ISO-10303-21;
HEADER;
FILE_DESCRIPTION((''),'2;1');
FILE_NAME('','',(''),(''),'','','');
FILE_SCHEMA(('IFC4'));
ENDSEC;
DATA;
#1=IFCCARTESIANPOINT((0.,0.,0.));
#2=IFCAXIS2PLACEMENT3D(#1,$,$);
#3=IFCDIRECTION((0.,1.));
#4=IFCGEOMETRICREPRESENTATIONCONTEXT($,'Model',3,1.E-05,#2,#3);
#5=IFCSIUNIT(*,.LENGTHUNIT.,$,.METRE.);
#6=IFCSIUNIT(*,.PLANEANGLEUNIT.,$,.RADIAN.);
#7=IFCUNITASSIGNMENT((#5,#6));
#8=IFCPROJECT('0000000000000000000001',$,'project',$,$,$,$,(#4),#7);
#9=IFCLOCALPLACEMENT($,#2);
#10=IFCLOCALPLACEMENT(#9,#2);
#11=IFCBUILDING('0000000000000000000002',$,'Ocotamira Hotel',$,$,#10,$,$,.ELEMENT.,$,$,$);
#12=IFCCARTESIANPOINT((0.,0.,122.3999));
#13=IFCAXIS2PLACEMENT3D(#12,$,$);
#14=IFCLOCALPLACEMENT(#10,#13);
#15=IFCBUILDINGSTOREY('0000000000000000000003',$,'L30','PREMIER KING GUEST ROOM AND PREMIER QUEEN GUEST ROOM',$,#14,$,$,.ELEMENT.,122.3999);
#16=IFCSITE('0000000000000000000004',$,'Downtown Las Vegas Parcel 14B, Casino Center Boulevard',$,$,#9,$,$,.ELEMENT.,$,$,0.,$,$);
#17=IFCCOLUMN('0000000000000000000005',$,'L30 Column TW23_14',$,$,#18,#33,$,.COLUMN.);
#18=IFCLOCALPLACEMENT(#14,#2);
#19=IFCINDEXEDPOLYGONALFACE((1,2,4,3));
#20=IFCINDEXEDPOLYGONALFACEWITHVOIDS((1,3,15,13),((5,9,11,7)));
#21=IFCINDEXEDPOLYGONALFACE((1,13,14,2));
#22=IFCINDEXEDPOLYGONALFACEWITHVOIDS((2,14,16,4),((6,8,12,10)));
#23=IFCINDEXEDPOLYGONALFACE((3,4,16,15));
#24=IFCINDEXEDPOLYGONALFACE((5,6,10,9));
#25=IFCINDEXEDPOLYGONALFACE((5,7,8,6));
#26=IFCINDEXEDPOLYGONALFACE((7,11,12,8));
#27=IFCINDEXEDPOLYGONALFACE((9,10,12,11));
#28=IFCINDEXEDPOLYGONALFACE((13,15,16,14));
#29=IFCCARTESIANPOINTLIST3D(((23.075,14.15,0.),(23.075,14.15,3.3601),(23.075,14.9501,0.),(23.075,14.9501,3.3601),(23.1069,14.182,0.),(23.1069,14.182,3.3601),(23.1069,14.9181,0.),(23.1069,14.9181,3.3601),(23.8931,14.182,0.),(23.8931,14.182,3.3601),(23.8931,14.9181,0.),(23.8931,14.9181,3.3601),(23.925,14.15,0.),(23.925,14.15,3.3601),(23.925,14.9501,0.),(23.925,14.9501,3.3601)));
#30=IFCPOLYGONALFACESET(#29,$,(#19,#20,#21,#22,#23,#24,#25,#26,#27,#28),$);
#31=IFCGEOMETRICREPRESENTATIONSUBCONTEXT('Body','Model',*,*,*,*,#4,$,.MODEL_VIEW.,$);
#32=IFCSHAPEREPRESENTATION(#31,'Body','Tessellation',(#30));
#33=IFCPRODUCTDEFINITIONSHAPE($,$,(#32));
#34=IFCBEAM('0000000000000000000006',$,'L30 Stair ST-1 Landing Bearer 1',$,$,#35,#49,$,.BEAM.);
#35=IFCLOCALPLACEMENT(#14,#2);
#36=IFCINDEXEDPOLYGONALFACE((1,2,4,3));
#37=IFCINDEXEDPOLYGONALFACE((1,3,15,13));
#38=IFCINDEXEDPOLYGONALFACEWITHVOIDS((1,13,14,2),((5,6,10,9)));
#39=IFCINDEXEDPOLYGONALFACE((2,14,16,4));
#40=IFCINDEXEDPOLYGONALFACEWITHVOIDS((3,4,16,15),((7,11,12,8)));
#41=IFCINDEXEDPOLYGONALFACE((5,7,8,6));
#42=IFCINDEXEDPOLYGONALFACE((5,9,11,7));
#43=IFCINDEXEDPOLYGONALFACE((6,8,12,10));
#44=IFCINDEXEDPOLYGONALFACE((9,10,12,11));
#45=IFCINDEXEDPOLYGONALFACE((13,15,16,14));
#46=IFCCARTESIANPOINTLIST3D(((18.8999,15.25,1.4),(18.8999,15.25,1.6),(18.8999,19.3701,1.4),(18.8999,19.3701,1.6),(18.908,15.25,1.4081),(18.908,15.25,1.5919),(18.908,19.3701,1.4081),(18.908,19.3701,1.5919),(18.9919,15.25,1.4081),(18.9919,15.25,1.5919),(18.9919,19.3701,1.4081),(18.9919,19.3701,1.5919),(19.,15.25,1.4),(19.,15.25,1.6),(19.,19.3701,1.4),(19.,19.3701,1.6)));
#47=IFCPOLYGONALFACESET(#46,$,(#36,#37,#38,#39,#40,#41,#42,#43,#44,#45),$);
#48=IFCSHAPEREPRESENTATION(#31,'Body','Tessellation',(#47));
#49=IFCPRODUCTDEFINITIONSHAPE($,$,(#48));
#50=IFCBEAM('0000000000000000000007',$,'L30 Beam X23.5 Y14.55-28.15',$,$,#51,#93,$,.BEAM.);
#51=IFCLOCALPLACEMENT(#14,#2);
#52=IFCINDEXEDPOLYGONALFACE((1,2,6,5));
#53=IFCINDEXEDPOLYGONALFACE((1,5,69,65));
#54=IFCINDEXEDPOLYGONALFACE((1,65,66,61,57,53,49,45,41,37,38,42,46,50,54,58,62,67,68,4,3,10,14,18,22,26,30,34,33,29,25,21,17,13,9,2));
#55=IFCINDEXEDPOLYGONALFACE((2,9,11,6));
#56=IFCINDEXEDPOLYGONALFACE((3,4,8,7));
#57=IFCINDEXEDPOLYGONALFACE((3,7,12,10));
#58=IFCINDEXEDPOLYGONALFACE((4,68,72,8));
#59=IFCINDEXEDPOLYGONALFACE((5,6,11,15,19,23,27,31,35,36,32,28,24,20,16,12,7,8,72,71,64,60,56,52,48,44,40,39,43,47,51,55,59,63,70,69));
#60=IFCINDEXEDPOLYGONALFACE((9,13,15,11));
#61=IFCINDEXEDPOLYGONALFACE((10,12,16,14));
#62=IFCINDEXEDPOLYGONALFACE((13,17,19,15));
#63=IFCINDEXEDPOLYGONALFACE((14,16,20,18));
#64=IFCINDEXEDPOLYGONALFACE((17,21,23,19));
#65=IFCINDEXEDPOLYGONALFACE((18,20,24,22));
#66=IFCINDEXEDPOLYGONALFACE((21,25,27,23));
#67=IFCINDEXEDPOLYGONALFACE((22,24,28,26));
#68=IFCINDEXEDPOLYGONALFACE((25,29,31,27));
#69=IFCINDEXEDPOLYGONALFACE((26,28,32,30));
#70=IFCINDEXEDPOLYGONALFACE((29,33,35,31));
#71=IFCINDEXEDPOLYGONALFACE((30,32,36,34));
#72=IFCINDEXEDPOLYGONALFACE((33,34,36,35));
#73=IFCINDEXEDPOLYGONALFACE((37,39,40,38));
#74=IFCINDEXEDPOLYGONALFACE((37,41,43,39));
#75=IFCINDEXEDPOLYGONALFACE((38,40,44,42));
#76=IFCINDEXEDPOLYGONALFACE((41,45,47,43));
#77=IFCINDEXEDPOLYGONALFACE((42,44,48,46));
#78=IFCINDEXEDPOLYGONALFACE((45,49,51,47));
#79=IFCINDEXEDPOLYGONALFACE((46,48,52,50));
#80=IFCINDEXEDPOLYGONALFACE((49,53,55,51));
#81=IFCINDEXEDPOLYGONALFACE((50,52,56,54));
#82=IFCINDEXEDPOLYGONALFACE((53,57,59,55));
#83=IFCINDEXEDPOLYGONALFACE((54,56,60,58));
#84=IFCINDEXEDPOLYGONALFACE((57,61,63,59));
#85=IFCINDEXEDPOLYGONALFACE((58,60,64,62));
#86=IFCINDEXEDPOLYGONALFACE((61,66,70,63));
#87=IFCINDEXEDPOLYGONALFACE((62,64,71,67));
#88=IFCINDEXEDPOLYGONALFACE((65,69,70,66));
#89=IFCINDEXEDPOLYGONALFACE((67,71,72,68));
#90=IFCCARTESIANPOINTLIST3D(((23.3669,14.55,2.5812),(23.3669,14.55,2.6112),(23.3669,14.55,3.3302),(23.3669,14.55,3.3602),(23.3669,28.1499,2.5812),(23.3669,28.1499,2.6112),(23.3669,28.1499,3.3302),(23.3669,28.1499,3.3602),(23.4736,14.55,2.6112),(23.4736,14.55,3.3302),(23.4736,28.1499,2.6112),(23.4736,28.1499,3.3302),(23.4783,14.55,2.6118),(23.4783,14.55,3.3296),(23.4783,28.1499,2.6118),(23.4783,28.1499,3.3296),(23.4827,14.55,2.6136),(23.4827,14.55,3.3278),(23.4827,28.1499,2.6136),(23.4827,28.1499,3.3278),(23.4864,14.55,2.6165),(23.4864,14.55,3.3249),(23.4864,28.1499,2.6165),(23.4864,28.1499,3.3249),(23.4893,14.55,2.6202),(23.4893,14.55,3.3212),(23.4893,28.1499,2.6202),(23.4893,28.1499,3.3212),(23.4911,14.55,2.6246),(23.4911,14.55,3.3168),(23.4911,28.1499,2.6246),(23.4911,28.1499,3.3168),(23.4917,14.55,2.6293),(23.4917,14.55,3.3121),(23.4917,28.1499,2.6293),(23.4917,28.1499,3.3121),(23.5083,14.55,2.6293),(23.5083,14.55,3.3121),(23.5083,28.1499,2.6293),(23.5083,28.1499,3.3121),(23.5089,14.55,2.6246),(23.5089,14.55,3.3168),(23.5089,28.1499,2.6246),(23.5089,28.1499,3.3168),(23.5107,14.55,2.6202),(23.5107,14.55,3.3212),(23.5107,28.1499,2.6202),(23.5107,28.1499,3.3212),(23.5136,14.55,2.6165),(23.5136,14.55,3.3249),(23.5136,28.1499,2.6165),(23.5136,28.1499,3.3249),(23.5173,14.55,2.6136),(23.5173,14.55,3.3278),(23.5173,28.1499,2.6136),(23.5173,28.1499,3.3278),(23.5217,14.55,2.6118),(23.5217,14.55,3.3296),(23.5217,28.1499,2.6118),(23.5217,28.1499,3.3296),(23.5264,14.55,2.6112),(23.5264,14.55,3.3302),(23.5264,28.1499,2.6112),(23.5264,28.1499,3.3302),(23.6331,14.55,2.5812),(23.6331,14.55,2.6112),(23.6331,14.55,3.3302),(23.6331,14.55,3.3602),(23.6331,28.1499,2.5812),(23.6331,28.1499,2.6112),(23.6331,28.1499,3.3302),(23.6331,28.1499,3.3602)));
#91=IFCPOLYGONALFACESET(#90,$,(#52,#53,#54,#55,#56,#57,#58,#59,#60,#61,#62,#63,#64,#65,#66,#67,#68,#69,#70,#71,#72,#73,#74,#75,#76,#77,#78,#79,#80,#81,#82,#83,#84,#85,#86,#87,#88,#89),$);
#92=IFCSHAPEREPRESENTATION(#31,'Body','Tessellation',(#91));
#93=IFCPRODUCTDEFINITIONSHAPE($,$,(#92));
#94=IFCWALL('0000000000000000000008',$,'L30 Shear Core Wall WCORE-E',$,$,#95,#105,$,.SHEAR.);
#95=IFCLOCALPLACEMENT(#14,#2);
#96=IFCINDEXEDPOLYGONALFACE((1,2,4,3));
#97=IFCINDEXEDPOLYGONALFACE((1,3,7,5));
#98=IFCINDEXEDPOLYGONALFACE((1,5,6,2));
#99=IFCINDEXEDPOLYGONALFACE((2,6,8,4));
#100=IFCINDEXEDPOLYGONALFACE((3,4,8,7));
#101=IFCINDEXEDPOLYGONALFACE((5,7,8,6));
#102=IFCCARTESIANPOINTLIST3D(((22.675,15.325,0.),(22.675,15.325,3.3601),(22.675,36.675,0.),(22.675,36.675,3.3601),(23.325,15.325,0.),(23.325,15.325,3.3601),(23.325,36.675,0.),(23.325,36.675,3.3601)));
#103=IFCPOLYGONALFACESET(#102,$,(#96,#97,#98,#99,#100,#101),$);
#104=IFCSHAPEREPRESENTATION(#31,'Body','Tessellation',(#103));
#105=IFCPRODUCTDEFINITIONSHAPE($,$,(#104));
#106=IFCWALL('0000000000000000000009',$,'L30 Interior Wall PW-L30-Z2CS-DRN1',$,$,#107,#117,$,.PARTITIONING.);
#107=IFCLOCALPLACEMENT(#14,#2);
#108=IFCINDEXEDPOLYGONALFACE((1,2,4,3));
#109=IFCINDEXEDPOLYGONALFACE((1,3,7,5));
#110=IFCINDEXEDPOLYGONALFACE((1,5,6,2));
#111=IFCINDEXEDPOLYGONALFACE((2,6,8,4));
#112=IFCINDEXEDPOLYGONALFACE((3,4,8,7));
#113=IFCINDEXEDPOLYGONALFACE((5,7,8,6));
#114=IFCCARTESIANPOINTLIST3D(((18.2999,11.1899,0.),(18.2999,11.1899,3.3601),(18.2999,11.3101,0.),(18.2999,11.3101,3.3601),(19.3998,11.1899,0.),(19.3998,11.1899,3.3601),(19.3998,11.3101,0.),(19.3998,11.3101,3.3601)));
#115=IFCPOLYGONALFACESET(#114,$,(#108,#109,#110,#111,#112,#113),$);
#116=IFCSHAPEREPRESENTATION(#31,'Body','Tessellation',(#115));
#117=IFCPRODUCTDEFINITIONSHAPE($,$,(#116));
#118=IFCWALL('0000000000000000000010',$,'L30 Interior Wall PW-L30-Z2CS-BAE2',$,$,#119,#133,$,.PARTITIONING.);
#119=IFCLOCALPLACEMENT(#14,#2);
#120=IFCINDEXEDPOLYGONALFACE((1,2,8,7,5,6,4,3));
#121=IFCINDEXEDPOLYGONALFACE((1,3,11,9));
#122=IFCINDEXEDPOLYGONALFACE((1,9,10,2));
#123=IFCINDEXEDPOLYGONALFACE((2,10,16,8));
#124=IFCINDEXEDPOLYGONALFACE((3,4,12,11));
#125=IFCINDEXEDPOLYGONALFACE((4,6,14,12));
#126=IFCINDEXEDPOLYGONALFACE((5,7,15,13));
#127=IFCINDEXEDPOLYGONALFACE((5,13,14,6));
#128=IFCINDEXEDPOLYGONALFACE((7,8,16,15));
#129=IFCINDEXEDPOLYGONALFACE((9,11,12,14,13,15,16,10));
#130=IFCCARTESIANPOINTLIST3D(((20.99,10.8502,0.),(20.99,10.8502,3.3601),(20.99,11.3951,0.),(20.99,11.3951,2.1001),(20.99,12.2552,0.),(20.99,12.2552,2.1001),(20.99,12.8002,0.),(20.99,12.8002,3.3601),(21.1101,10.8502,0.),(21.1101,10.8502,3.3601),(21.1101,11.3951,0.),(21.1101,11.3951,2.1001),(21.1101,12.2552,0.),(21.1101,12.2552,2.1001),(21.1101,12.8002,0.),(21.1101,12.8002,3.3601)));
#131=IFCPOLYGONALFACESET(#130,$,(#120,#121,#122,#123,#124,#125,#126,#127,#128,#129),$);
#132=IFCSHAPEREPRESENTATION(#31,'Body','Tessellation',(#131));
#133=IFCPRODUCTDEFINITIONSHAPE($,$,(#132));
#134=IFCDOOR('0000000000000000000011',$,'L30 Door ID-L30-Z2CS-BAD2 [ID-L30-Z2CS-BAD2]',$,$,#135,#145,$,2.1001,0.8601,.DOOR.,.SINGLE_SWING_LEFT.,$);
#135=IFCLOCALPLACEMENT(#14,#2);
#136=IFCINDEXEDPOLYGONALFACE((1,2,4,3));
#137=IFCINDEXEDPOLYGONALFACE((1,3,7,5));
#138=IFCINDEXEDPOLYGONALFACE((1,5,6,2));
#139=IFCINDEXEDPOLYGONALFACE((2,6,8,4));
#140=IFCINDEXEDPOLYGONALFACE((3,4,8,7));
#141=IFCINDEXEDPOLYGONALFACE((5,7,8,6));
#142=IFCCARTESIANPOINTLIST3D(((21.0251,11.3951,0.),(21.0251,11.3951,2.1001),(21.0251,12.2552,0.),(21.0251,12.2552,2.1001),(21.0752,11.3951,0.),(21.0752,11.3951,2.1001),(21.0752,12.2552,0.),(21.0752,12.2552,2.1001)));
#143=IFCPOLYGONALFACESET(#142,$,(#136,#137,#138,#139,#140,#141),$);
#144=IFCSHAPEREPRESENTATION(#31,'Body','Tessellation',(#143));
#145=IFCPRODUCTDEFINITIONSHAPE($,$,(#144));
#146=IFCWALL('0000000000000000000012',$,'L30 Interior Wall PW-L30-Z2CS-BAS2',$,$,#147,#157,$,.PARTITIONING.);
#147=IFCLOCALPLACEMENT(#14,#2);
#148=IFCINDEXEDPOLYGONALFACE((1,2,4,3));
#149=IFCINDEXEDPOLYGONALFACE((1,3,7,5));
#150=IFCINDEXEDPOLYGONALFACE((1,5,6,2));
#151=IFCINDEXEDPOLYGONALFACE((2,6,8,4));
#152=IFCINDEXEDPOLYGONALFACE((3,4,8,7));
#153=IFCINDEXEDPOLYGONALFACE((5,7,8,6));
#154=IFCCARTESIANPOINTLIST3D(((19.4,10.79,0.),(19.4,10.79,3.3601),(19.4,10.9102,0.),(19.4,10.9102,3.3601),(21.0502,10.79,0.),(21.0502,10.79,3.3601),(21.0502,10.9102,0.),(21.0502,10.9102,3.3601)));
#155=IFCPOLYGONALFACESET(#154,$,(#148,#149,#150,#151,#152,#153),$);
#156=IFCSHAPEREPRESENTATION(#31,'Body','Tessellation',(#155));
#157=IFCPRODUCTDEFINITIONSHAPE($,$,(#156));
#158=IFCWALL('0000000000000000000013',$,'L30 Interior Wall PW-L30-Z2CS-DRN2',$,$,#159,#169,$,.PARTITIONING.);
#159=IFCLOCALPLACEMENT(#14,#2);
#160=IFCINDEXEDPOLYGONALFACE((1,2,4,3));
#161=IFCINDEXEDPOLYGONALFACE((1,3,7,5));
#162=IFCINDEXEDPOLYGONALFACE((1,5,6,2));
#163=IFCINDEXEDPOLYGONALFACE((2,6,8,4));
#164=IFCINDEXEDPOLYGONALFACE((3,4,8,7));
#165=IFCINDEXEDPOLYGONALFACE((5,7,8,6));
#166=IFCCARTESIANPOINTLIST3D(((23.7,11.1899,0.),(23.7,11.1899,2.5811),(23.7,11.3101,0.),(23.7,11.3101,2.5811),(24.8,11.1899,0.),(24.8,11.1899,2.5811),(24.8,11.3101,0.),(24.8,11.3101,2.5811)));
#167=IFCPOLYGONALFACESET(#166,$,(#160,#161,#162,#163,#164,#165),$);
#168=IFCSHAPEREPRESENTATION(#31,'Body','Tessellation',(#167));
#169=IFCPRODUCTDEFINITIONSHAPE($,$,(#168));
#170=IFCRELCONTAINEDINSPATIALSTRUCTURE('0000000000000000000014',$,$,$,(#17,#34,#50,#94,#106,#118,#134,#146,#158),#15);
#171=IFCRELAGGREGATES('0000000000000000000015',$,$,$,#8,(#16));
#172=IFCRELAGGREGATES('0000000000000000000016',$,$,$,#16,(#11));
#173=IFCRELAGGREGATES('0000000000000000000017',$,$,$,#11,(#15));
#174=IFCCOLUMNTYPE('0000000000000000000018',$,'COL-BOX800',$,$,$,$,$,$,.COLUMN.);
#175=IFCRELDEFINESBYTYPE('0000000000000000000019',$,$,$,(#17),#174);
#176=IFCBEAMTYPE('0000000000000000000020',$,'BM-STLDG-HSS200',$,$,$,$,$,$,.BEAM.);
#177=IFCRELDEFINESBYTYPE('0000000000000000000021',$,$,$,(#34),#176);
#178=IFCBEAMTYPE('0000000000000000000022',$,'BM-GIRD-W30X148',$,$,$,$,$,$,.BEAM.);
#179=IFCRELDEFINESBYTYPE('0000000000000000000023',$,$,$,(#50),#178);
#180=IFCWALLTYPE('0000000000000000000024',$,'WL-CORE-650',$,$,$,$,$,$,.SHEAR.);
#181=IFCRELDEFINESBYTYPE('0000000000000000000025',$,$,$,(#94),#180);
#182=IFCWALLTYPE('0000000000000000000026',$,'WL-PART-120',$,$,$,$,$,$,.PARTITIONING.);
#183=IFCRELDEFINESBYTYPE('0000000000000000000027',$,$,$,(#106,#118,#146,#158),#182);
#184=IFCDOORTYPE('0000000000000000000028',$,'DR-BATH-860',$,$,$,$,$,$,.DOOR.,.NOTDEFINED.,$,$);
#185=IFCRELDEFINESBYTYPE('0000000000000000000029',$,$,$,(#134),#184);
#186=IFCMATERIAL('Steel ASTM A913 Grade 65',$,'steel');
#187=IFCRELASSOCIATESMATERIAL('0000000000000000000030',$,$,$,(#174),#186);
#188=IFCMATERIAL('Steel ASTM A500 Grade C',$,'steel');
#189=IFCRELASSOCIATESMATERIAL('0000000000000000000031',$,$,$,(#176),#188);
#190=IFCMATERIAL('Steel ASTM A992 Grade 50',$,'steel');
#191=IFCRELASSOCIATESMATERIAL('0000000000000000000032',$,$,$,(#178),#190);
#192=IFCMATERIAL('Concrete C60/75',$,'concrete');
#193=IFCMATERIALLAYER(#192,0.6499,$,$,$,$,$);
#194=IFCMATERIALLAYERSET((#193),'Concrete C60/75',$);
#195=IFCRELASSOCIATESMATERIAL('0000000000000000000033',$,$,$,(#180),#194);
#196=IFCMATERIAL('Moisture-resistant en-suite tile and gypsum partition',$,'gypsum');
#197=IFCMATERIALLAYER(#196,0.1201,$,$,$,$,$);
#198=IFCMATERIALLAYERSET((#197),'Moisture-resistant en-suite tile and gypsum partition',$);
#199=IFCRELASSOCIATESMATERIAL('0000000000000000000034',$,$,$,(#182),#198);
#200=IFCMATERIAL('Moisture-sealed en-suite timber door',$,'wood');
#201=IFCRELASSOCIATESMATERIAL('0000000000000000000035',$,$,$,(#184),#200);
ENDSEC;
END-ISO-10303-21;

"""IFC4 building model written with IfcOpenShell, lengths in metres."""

from ifc_helpers import new_model, si_unit, direction, frame, frame_2d, origin, origin_2d, place, context, subcontext, project, spatial, rectangle, hollow_rectangle, i_section, extrude, source, transform, mapped, material, layer, layer_set, material_profile, profile_set, type_object, element, fill, save


model = new_model("IFC4")

# Units and contexts
model_context = context("Model", 3, precision=1e-05, world=origin(), true_north=direction((0.0, 1.0)))
body_context = subcontext(model_context, "Body", "Model", "MODEL_VIEW")
ifc_project = project(units=[si_unit("LENGTHUNIT", "METRE"), si_unit("PLANEANGLEUNIT", "RADIAN")], contexts=[model_context])

# Site, building, storey
site_placement = place(None, origin())
site = spatial("IfcSite", under=ifc_project, at=site_placement, Name="Downtown Las Vegas Parcel 14B, Casino Center Boulevard", CompositionType="ELEMENT", RefElevation=0.0)
building_placement = place(site_placement, origin())
building = spatial("IfcBuilding", under=site, at=building_placement, Name="Ocotamira Hotel", CompositionType="ELEMENT")
storey_placement = place(building_placement, frame((0.0, 0.0, 122.3999)))
storey = spatial("IfcBuildingStorey", under=building, at=storey_placement, Name="L30", Description="PREMIER KING GUEST ROOM AND PREMIER QUEEN GUEST ROOM", CompositionType="ELEMENT", Elevation=122.3999)

# Column
ifc_material_1 = material(Name="Steel ASTM A913 Grade 65", Category="steel")
ifc_material_profile_1 = material_profile(ifc_material_1, hollow_rectangle(XDim=0.8501, YDim=0.8, WallThickness=0.032, at=origin_2d()), Name="BOX800X850X32")
ifc_profile_set_1 = profile_set([ifc_material_profile_1], Name="Steel ASTM A913 Grade 65")
column_type = type_object("IfcColumnType", Name="COL-BOX800", PredefinedType="COLUMN", material=ifc_profile_set_1)
shared_shape_1 = source(origin(), body_context, "Body", "SweptSolid", [
    extrude(hollow_rectangle(XDim=0.8501, YDim=0.8, WallThickness=0.032, at=origin_2d()), origin(), (0.0, 0.0, 1.0), 3.3601),
])
column_placement = place(storey_placement, frame((23.5, 14.55, 0.0), z_axis=(0.0, 0.0, 1.0), x_axis=(1.0, 0.0, 0.0)))
element("IfcColumn", 1, at=column_placement, inside=storey, type_object=column_type, Name="L30 Column TW23_14", PredefinedType="COLUMN", context=body_context, shape_type="MappedRepresentation", body=[
    mapped(shared_shape_1, transform((0.0, 0.0, 0.0), scale=1.0)),
])

# Beams
ifc_material_2 = material(Name="Steel ASTM A500 Grade C", Category="steel")
ifc_material_profile_2 = material_profile(ifc_material_2, hollow_rectangle(XDim=0.1001, YDim=0.2, WallThickness=0.0081, at=origin_2d()), Name="HSS200X100X8")
ifc_profile_set_2 = profile_set([ifc_material_profile_2], Name="Steel ASTM A500 Grade C")
beam_type_1 = type_object("IfcBeamType", Name="BM-STLDG-HSS200", PredefinedType="BEAM", material=ifc_profile_set_2)
shared_shape_2 = source(origin(), body_context, "Body", "SweptSolid", [
    extrude(hollow_rectangle(XDim=0.1001, YDim=0.2, WallThickness=0.0081, at=origin_2d()), origin(), (0.0, 0.0, 1.0), 4.1201),
])
beam_1_placement = place(storey_placement, frame((18.95, 15.25, 1.5), z_axis=(0.0, 1.0, 0.0), x_axis=(-1.0, 0.0, 0.0)))
element("IfcBeam", 2, at=beam_1_placement, inside=storey, type_object=beam_type_1, Name="L30 Stair ST-1 Landing Bearer 1", PredefinedType="BEAM", context=body_context, shape_type="MappedRepresentation", body=[
    mapped(shared_shape_2, transform((0.0, 0.0, 0.0), scale=1.0)),
])
ifc_material_3 = material(Name="Steel ASTM A992 Grade 50", Category="steel")
ifc_material_profile_3 = material_profile(ifc_material_3, i_section(OverallWidth=0.2661, OverallDepth=0.7791, WebThickness=0.0166, FlangeThickness=0.03, FilletRadius=0.0181, at=origin_2d()), Name="W30X148")
ifc_profile_set_3 = profile_set([ifc_material_profile_3], Name="Steel ASTM A992 Grade 50")
beam_type_2 = type_object("IfcBeamType", Name="BM-GIRD-W30X148", PredefinedType="BEAM", material=ifc_profile_set_3)
shared_shape_3 = source(origin(), body_context, "Body", "SweptSolid", [
    extrude(i_section(OverallWidth=0.2661, OverallDepth=0.7791, WebThickness=0.0166, FlangeThickness=0.03, FilletRadius=0.0181, at=origin_2d()), origin(), (0.0, 0.0, 1.0), 13.5999),
])
beam_2_placement = place(storey_placement, frame((23.5, 14.55, 2.9707), z_axis=(0.0, 1.0, 0.0), x_axis=(-1.0, 0.0, 0.0)))
element("IfcBeam", 3, at=beam_2_placement, inside=storey, type_object=beam_type_2, Name="L30 Beam X23.5 Y14.55-28.15", PredefinedType="BEAM", context=body_context, shape_type="MappedRepresentation", body=[
    mapped(shared_shape_3, transform((0.0, 0.0, 0.0), scale=1.0)),
])

# Wall
ifc_material_4 = material(Name="Concrete C60/75", Category="concrete")
ifc_layer_1 = layer(ifc_material_4, 0.6499)
ifc_layer_set_1 = layer_set([ifc_layer_1], Name="Concrete C60/75")
wall_type_1 = type_object("IfcWallType", Name="WL-CORE-650", PredefinedType="SHEAR", material=ifc_layer_set_1)
wall_1_placement = place(storey_placement, frame((23.0, 15.325, 0.0), z_axis=(0.0, 0.0, 1.0), x_axis=(0.0, 1.0, 0.0)))
element("IfcWall", 4, at=wall_1_placement, inside=storey, type_object=wall_type_1, Name="L30 Shear Core Wall WCORE-E", PredefinedType="SHEAR", context=body_context, shape_type="SweptSolid", body=[
    extrude(rectangle(XDim=21.3501, YDim=0.6499, at=frame_2d((10.675, 0.0))), origin(), (0.0, 0.0, 1.0), 3.3601),
])

# Wall
ifc_material_5 = material(Name="Moisture-resistant en-suite tile and gypsum partition", Category="gypsum")
ifc_layer_2 = layer(ifc_material_5, 0.1201)
ifc_layer_set_2 = layer_set([ifc_layer_2], Name="Moisture-resistant en-suite tile and gypsum partition")
wall_type_2 = type_object("IfcWallType", Name="WL-PART-120", PredefinedType="PARTITIONING", material=ifc_layer_set_2)
wall_2_placement = place(storey_placement, frame((18.3, 11.25, 0.0), z_axis=(0.0, 0.0, 1.0), x_axis=(1.0, 0.0, 0.0)))
element("IfcWall", 5, at=wall_2_placement, inside=storey, type_object=wall_type_2, Name="L30 Interior Wall PW-L30-Z2CS-DRN1", PredefinedType="PARTITIONING", context=body_context, shape_type="SweptSolid", body=[
    extrude(rectangle(XDim=1.0999, YDim=0.1201, at=frame_2d((0.5498, 0.0))), origin(), (0.0, 0.0, 1.0), 3.3601),
])

# Wall, opening, door
wall_3_placement = place(storey_placement, frame((21.05, 10.8501, 0.0), z_axis=(0.0, 0.0, 1.0), x_axis=(0.0, 1.0, 0.0)))
wall_3 = element("IfcWall", 6, at=wall_3_placement, inside=storey, type_object=wall_type_2, Name="L30 Interior Wall PW-L30-Z2CS-BAE2", PredefinedType="PARTITIONING", context=body_context, shape_type="SweptSolid", body=[
    extrude(rectangle(XDim=1.95, YDim=0.1201, at=frame_2d((0.9751, 0.0))), origin(), (0.0, 0.0, 1.0), 3.3601),
])
opening_1_placement = place(wall_3_placement, frame((0.5449, 0.0, 0.0)))
opening_1 = element("IfcOpeningElement", 7, at=opening_1_placement, cuts=wall_3, PredefinedType="OPENING", context=body_context, shape_type="SweptSolid", body=[
    extrude(rectangle(XDim=0.8601, YDim=2.1001, at=frame_2d((0.4302, 1.05))), frame((0.0, 0.0701, 0.0), z_axis=(0.0, -1.0, 0.0), x_axis=(1.0, 0.0, 0.0)), (0.0, 0.0, 1.0), 0.1401),
])
ifc_material_6 = material(Name="Moisture-sealed en-suite timber door", Category="wood")
door_type_1 = type_object("IfcDoorType", Name="DR-BATH-860", OperationType="NOTDEFINED", PredefinedType="DOOR", material=ifc_material_6)
shared_shape_4 = source(origin(), body_context, "Body", "SweptSolid", [
    extrude(rectangle(XDim=0.8601, YDim=2.1001, at=frame_2d((0.4302, 1.05))), frame((0.0, 0.0249, 0.0), z_axis=(0.0, -1.0, 0.0), x_axis=(1.0, 0.0, 0.0)), (0.0, 0.0, 1.0), 0.05),
])
door_1_placement = place(opening_1_placement, origin())
door_1 = element("IfcDoor", 8, at=door_1_placement, inside=storey, type_object=door_type_1, Name="L30 Door ID-L30-Z2CS-BAD2 [ID-L30-Z2CS-BAD2]", OperationType="SINGLE_SWING_LEFT", OverallHeight=2.1001, OverallWidth=0.8601, PredefinedType="DOOR", context=body_context, shape_type="MappedRepresentation", body=[
    mapped(shared_shape_4, transform((0.0, 0.0, 0.0), scale=1.0)),
])
fill(opening_1, door_1)

# Walls
wall_4_placement = place(storey_placement, frame((19.3999, 10.8501, 0.0), z_axis=(0.0, 0.0, 1.0), x_axis=(1.0, 0.0, 0.0)))
element("IfcWall", 9, at=wall_4_placement, inside=storey, type_object=wall_type_2, Name="L30 Interior Wall PW-L30-Z2CS-BAS2", PredefinedType="PARTITIONING", context=body_context, shape_type="SweptSolid", body=[
    extrude(rectangle(XDim=1.6501, YDim=0.1201, at=frame_2d((0.8252, 0.0))), origin(), (0.0, 0.0, 1.0), 3.3601),
])
wall_5_placement = place(storey_placement, frame((23.7, 11.25, 0.0), z_axis=(0.0, 0.0, 1.0), x_axis=(1.0, 0.0, 0.0)))
element("IfcWall", 10, at=wall_5_placement, inside=storey, type_object=wall_type_2, Name="L30 Interior Wall PW-L30-Z2CS-DRN2", PredefinedType="PARTITIONING", context=body_context, shape_type="SweptSolid", body=[
    extrude(rectangle(XDim=1.1001, YDim=0.1201, at=frame_2d((0.55, 0.0))), origin(), (0.0, 0.0, 1.0), 2.5811),
])

save(model, "model.ifc")
